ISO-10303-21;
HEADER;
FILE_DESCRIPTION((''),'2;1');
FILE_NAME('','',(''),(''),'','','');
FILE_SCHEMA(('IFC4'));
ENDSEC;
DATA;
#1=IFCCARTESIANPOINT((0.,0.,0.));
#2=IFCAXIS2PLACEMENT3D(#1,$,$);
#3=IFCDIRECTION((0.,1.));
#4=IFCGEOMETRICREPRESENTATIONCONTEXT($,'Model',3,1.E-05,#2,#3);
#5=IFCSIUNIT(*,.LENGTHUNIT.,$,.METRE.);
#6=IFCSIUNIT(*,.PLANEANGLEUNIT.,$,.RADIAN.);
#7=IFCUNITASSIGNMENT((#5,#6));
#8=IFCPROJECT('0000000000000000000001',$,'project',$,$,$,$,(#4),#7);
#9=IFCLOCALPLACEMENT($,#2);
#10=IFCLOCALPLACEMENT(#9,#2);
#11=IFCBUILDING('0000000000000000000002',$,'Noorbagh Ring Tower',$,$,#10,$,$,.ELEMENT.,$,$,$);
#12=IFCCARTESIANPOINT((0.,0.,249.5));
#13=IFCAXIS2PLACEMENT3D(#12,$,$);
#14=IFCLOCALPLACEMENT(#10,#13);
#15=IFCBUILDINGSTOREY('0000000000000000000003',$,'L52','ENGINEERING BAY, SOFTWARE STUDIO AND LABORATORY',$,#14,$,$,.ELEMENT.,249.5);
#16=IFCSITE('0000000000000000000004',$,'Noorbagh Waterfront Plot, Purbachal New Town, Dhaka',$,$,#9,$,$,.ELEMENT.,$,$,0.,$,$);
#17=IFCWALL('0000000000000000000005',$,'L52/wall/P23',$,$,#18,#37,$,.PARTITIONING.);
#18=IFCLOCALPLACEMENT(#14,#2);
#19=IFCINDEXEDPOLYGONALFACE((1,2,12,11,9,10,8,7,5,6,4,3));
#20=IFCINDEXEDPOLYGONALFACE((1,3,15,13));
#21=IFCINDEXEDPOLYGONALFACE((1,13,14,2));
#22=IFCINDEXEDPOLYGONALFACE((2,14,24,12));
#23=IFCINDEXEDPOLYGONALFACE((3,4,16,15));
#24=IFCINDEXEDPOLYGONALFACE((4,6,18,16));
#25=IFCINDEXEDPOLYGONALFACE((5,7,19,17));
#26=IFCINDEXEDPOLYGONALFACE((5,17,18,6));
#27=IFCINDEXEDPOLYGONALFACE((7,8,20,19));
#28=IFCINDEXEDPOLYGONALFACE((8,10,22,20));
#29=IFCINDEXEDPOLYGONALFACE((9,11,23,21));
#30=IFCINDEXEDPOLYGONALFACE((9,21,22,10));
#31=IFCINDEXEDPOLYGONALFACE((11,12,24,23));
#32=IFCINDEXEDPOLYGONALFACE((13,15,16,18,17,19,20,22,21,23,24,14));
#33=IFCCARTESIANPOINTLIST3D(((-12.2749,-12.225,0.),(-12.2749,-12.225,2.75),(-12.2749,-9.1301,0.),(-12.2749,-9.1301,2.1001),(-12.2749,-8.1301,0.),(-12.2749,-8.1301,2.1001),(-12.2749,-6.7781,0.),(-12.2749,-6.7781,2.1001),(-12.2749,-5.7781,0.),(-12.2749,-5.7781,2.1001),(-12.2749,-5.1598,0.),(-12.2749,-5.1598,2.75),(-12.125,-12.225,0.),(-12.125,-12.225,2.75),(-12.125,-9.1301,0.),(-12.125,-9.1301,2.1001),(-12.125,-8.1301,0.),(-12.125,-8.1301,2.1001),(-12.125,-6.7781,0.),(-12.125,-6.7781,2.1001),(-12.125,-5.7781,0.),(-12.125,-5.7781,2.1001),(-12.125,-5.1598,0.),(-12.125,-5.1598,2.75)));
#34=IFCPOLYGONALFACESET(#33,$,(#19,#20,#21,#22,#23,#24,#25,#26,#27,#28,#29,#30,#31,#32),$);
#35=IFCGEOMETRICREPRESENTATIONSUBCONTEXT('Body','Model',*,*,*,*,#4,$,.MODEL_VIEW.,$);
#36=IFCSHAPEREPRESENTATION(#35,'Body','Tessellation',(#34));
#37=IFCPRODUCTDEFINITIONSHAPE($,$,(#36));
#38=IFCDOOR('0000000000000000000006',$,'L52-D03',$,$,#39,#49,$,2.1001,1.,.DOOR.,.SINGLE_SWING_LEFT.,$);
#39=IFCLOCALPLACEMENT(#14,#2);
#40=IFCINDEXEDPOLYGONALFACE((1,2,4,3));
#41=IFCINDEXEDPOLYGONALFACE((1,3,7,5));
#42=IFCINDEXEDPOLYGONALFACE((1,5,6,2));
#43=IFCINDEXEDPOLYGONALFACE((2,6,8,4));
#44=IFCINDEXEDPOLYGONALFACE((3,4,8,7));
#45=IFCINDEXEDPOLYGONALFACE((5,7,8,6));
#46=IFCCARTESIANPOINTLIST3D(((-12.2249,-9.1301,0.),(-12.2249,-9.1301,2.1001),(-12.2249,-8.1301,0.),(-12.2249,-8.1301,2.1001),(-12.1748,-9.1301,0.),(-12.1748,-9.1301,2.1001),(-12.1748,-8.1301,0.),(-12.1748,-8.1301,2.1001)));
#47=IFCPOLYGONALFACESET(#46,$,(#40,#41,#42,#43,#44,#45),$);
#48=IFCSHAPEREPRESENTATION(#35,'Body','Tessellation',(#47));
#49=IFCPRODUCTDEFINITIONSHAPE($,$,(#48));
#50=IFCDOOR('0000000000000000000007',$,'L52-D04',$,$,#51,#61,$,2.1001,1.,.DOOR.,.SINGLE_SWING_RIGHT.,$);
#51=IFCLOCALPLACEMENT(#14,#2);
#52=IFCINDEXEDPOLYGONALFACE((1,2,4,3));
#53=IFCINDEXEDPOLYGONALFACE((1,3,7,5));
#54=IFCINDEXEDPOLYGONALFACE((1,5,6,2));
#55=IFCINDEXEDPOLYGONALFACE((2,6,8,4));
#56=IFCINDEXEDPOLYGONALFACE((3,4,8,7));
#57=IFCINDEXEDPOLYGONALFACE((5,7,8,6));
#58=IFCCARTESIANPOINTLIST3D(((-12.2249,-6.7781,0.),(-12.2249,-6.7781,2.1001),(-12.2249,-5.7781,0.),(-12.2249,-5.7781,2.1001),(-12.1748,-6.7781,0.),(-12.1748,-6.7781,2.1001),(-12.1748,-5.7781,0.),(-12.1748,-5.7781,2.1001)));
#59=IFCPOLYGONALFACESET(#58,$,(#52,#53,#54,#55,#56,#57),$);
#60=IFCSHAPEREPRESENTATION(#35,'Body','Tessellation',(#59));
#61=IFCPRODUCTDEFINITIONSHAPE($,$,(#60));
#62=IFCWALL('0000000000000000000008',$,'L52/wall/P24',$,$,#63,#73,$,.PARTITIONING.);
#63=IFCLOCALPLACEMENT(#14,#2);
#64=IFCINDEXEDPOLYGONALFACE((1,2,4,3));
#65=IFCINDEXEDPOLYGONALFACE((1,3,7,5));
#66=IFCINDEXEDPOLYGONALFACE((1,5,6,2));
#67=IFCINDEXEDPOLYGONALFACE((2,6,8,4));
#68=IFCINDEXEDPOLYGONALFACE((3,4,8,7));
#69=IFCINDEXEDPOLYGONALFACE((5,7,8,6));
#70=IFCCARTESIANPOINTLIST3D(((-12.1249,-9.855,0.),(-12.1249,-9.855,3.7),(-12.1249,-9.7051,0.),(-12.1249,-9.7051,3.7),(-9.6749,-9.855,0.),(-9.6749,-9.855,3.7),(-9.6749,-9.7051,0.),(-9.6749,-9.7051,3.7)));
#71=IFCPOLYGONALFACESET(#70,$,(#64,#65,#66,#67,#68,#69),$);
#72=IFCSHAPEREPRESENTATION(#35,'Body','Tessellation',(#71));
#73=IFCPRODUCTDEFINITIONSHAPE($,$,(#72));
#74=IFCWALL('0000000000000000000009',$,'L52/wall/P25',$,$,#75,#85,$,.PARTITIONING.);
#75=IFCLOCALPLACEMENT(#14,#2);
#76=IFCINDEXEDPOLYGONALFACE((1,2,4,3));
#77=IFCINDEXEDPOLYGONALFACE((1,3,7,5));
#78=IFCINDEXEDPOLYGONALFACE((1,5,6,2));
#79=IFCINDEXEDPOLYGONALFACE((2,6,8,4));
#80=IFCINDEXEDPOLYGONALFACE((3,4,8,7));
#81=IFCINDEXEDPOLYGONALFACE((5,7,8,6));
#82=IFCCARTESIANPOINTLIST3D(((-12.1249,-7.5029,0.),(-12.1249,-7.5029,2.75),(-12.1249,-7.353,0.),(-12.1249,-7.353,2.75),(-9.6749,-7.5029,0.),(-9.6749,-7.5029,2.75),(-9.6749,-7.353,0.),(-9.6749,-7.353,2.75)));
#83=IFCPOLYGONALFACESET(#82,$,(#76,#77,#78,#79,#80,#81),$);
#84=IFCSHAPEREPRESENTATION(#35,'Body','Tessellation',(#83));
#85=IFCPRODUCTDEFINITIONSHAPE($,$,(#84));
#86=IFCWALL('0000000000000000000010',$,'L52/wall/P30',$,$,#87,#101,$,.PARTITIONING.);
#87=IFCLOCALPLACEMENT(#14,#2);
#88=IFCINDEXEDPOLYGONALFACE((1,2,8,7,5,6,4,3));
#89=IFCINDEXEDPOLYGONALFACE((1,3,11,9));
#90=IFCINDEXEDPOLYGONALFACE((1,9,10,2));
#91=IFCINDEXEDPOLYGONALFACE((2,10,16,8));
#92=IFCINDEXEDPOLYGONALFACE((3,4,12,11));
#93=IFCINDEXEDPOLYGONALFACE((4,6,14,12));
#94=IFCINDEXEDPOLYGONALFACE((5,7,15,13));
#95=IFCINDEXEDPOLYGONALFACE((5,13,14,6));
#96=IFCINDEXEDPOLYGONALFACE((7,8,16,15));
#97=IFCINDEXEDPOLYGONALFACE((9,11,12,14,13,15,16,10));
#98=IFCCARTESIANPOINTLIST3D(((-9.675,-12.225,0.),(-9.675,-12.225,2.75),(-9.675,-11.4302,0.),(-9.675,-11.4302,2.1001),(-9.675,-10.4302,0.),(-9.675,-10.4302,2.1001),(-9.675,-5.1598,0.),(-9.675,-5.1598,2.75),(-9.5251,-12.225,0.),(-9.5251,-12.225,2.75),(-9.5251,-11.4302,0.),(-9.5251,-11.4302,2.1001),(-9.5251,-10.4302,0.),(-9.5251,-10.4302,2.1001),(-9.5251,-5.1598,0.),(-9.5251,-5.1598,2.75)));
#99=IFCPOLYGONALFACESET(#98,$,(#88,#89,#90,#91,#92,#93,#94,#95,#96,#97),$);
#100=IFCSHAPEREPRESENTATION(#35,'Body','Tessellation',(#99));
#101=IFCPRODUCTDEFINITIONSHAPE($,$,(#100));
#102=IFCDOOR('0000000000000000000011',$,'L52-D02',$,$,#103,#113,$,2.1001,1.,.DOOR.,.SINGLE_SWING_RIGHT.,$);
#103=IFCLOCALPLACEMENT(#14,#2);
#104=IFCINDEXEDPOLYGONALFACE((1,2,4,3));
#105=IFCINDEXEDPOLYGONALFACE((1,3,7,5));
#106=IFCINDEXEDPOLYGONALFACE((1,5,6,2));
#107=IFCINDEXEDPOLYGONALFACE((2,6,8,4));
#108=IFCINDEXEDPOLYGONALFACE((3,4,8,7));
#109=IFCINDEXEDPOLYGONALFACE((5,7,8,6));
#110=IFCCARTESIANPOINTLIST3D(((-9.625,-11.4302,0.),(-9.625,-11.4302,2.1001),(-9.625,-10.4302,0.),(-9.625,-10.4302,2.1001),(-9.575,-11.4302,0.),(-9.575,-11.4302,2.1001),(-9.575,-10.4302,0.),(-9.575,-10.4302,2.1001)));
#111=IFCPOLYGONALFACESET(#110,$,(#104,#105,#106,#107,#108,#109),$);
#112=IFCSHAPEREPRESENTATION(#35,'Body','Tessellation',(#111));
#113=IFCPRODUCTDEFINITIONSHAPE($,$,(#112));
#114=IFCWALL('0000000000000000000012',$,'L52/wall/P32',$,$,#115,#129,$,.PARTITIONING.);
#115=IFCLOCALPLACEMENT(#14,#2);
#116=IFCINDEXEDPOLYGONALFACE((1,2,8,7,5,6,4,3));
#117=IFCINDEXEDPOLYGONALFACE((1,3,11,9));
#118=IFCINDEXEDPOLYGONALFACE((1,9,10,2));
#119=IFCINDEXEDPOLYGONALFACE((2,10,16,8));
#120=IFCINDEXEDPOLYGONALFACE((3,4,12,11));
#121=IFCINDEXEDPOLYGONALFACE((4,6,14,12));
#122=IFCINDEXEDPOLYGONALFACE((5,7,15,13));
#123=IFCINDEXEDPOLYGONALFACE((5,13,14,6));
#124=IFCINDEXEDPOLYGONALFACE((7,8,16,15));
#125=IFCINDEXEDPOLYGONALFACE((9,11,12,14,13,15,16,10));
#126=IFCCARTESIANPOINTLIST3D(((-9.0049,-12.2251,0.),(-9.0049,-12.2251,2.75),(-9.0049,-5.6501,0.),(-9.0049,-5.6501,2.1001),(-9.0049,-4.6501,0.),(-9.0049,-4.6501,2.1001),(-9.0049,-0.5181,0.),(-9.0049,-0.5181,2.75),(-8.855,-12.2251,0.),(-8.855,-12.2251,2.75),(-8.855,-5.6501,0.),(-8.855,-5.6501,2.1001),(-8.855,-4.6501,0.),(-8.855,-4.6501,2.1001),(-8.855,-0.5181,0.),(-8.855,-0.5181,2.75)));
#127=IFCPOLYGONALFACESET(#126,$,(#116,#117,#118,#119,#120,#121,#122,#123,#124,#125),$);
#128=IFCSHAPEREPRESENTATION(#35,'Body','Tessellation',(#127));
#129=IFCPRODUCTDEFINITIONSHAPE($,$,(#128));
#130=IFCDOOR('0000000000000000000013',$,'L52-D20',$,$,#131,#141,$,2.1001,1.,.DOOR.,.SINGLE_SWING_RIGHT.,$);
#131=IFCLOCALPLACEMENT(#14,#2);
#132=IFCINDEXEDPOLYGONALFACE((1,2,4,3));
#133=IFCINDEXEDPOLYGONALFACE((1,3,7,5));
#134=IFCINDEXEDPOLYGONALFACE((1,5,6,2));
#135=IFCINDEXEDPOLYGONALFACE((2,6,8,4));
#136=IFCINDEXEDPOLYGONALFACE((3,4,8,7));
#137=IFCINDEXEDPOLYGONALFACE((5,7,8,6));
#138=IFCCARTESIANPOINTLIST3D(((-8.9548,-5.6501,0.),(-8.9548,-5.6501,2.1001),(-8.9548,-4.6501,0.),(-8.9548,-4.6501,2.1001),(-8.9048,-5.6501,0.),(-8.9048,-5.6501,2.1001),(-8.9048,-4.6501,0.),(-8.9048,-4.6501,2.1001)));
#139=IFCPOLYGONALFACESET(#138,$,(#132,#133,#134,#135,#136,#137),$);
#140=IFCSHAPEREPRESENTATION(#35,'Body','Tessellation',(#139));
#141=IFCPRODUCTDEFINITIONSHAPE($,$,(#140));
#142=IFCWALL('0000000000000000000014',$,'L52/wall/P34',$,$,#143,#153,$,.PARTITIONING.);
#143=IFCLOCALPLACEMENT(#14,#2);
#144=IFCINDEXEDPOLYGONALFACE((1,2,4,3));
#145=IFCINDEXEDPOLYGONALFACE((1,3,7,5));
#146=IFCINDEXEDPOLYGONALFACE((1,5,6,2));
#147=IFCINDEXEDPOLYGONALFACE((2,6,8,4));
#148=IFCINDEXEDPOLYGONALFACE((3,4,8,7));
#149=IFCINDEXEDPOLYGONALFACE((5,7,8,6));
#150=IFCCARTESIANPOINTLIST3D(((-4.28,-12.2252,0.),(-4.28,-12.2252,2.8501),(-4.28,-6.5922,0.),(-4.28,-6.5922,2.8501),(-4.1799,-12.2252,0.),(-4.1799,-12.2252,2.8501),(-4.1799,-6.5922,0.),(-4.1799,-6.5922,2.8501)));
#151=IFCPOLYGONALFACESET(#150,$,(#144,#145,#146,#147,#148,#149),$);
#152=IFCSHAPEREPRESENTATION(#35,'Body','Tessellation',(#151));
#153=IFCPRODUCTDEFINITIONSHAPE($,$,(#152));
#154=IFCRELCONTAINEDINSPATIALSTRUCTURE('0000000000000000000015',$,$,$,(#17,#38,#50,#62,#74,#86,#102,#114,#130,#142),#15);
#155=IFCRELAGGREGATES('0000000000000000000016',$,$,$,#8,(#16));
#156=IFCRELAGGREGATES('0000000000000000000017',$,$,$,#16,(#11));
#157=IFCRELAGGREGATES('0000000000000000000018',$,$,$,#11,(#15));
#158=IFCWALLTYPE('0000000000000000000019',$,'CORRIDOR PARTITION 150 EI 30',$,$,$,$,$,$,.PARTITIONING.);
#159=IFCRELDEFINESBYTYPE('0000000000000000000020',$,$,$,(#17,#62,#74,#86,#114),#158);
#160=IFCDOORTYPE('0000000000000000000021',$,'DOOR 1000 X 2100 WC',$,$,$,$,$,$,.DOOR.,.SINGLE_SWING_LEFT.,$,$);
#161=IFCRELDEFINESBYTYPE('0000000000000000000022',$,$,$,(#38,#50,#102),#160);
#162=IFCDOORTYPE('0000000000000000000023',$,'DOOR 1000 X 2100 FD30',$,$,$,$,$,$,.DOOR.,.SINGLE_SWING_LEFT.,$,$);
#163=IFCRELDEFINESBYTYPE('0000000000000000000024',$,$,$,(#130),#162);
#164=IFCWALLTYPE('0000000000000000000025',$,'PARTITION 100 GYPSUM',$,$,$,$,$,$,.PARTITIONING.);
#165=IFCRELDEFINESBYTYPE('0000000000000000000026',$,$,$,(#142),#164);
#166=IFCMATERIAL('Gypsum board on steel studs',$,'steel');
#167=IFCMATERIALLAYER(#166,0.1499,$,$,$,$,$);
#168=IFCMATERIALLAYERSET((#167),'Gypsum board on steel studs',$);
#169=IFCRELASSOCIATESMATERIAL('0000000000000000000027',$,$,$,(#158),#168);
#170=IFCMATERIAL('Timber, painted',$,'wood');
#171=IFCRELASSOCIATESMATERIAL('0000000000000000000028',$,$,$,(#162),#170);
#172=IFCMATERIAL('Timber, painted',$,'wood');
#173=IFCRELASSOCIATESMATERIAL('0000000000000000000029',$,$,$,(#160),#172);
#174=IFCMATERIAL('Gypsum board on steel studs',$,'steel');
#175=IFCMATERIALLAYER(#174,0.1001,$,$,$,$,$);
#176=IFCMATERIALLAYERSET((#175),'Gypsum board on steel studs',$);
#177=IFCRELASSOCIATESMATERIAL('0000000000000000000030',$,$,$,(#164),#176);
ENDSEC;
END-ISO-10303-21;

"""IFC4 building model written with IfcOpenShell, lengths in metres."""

from ifc_helpers import new_model, si_unit, direction, frame, frame_2d, origin, place, context, subcontext, project, spatial, rectangle, extrude, material, layer, layer_set, type_object, element, fill, save


model = new_model("IFC4")

# Units and contexts
model_context = context("Model", 3, precision=1e-05, world=origin(), true_north=direction((0.0, 1.0)))
body_context = subcontext(model_context, "Body", "Model", "MODEL_VIEW")
ifc_project = project(units=[si_unit("LENGTHUNIT", "METRE"), si_unit("PLANEANGLEUNIT", "RADIAN")], contexts=[model_context])

# Site, building, storey
site_placement = place(None, origin())
site = spatial("IfcSite", under=ifc_project, at=site_placement, Name="Noorbagh Waterfront Plot, Purbachal New Town, Dhaka", CompositionType="ELEMENT", RefElevation=0.0)
building_placement = place(site_placement, origin())
building = spatial("IfcBuilding", under=site, at=building_placement, Name="Noorbagh Ring Tower", CompositionType="ELEMENT")
storey_placement = place(building_placement, frame((0.0, 0.0, 249.5)))
storey = spatial("IfcBuildingStorey", under=building, at=storey_placement, Name="L52", Description="ENGINEERING BAY, SOFTWARE STUDIO AND LABORATORY", CompositionType="ELEMENT", Elevation=249.5)

# Shared definitions
ifc_material_1 = material(Name="Gypsum board on steel studs", Category="steel")
ifc_layer_1 = layer(ifc_material_1, 0.1499)
ifc_layer_set_1 = layer_set([ifc_layer_1], Name="Gypsum board on steel studs")
wall_type_1 = type_object("IfcWallType", Name="CORRIDOR PARTITION 150 EI 30", PredefinedType="PARTITIONING", material=ifc_layer_set_1)
ifc_material_2 = material(Name="Timber, painted", Category="wood")
door_type_1 = type_object("IfcDoorType", Name="DOOR 1000 X 2100 FD30", OperationType="SINGLE_SWING_LEFT", PredefinedType="DOOR", material=ifc_material_2)

# Wall, openings, doors
wall_1_placement = place(storey_placement, frame((-12.2, -12.2251, 0.0), z_axis=(0.0, 0.0, 1.0), x_axis=(0.0, 1.0, 0.0)))
wall_1 = element("IfcWall", 1, at=wall_1_placement, inside=storey, type_object=wall_type_1, Name="L52/wall/P23", PredefinedType="PARTITIONING", context=body_context, shape_type="SweptSolid", body=[
    extrude(rectangle(XDim=7.0652, YDim=0.1499, at=frame_2d((3.5327, 0.0))), origin(), (0.0, 0.0, 1.0), 2.75),
])
opening_1_placement = place(wall_1_placement, frame((3.095, 0.0, 0.0)))
opening_1 = element("IfcOpeningElement", 2, at=opening_1_placement, cuts=wall_1, PredefinedType="OPENING", context=body_context, shape_type="SweptSolid", body=[
    extrude(rectangle(XDim=1.0, YDim=2.1001, at=frame_2d((0.5, 1.05))), frame((0.0, 0.085, 0.0), z_axis=(0.0, -1.0, 0.0), x_axis=(1.0, 0.0, 0.0)), (0.0, 0.0, 1.0), 0.1699),
])
opening_2_placement = place(wall_1_placement, frame((5.447, 0.0, 0.0)))
opening_2 = element("IfcOpeningElement", 3, at=opening_2_placement, cuts=wall_1, PredefinedType="OPENING", context=body_context, shape_type="SweptSolid", body=[
    extrude(rectangle(XDim=1.0, YDim=2.1001, at=frame_2d((0.5, 1.05))), frame((0.0, 0.085, 0.0), z_axis=(0.0, -1.0, 0.0), x_axis=(1.0, 0.0, 0.0)), (0.0, 0.0, 1.0), 0.1699),
])
ifc_material_3 = material(Name="Timber, painted", Category="wood")
door_type_2 = type_object("IfcDoorType", Name="DOOR 1000 X 2100 WC", OperationType="SINGLE_SWING_LEFT", PredefinedType="DOOR", material=ifc_material_3)
door_1_placement = place(opening_1_placement, origin())
door_1 = element("IfcDoor", 4, at=door_1_placement, inside=storey, type_object=door_type_2, Name="L52-D03", OperationType="SINGLE_SWING_LEFT", OverallHeight=2.1001, OverallWidth=1.0, PredefinedType="DOOR", context=body_context, shape_type="SweptSolid", body=[
    extrude(rectangle(XDim=1.0, YDim=2.1001, at=frame_2d((0.5, 1.05))), frame((0.0, 0.0249, 0.0), z_axis=(0.0, -1.0, 0.0), x_axis=(1.0, 0.0, 0.0)), (0.0, 0.0, 1.0), 0.05),
])
fill(opening_1, door_1)
door_2_placement = place(opening_2_placement, origin())
door_2 = element("IfcDoor", 5, at=door_2_placement, inside=storey, type_object=door_type_2, Name="L52-D04", OperationType="SINGLE_SWING_RIGHT", OverallHeight=2.1001, OverallWidth=1.0, PredefinedType="DOOR", context=body_context, shape_type="SweptSolid", body=[
    extrude(rectangle(XDim=1.0, YDim=2.1001, at=frame_2d((0.5, 1.05))), frame((0.0, 0.0249, 0.0), z_axis=(0.0, -1.0, 0.0), x_axis=(1.0, 0.0, 0.0)), (0.0, 0.0, 1.0), 0.05),
])
fill(opening_2, door_2)

# Walls
wall_2_placement = place(storey_placement, frame((-12.125, -9.78, 0.0), z_axis=(0.0, 0.0, 1.0), x_axis=(1.0, 0.0, 0.0)))
element("IfcWall", 6, at=wall_2_placement, inside=storey, type_object=wall_type_1, Name="L52/wall/P24", PredefinedType="PARTITIONING", context=body_context, shape_type="SweptSolid", body=[
    extrude(rectangle(XDim=2.45, YDim=0.1499, at=frame_2d((1.2251, 0.0))), origin(), (0.0, 0.0, 1.0), 3.7),
])
wall_3_placement = place(storey_placement, frame((-12.125, -7.428, 0.0), z_axis=(0.0, 0.0, 1.0), x_axis=(1.0, 0.0, 0.0)))
element("IfcWall", 7, at=wall_3_placement, inside=storey, type_object=wall_type_1, Name="L52/wall/P25", PredefinedType="PARTITIONING", context=body_context, shape_type="SweptSolid", body=[
    extrude(rectangle(XDim=2.45, YDim=0.1499, at=frame_2d((1.2251, 0.0))), origin(), (0.0, 0.0, 1.0), 2.75),
])

# Walls, openings, doors
wall_4_placement = place(storey_placement, frame((-9.6001, -12.2251, 0.0), z_axis=(0.0, 0.0, 1.0), x_axis=(0.0, 1.0, 0.0)))
wall_4 = element("IfcWall", 8, at=wall_4_placement, inside=storey, type_object=wall_type_1, Name="L52/wall/P30", PredefinedType="PARTITIONING", context=body_context, shape_type="SweptSolid", body=[
    extrude(rectangle(XDim=7.0652, YDim=0.1499, at=frame_2d((3.5327, 0.0))), origin(), (0.0, 0.0, 1.0), 2.75),
])
opening_3_placement = place(wall_4_placement, frame((0.7949, 0.0, 0.0)))
opening_3 = element("IfcOpeningElement", 9, at=opening_3_placement, cuts=wall_4, PredefinedType="OPENING", context=body_context, shape_type="SweptSolid", body=[
    extrude(rectangle(XDim=1.0, YDim=2.1001, at=frame_2d((0.5, 1.05))), frame((0.0, 0.085, 0.0), z_axis=(0.0, -1.0, 0.0), x_axis=(1.0, 0.0, 0.0)), (0.0, 0.0, 1.0), 0.1699),
])
door_3_placement = place(opening_3_placement, origin())
door_3 = element("IfcDoor", 10, at=door_3_placement, inside=storey, type_object=door_type_2, Name="L52-D02", OperationType="SINGLE_SWING_RIGHT", OverallHeight=2.1001, OverallWidth=1.0, PredefinedType="DOOR", context=body_context, shape_type="SweptSolid", body=[
    extrude(rectangle(XDim=1.0, YDim=2.1001, at=frame_2d((0.5, 1.05))), frame((0.0, 0.0249, 0.0), z_axis=(0.0, -1.0, 0.0), x_axis=(1.0, 0.0, 0.0)), (0.0, 0.0, 1.0), 0.05),
])
fill(opening_3, door_3)
wall_5_placement = place(storey_placement, frame((-8.9299, -12.2251, 0.0), z_axis=(0.0, 0.0, 1.0), x_axis=(0.0, 1.0, 0.0)))
wall_5 = element("IfcWall", 11, at=wall_5_placement, inside=storey, type_object=wall_type_1, Name="L52/wall/P32", PredefinedType="PARTITIONING", context=body_context, shape_type="SweptSolid", body=[
    extrude(rectangle(XDim=11.707, YDim=0.1499, at=frame_2d((5.8535, 0.0))), origin(), (0.0, 0.0, 1.0), 2.75),
])
opening_4_placement = place(wall_5_placement, frame((6.575, 0.0, 0.0)))
opening_4 = element("IfcOpeningElement", 12, at=opening_4_placement, cuts=wall_5, PredefinedType="OPENING", context=body_context, shape_type="SweptSolid", body=[
    extrude(rectangle(XDim=1.0, YDim=2.1001, at=frame_2d((0.5, 1.05))), frame((0.0, 0.085, 0.0), z_axis=(0.0, -1.0, 0.0), x_axis=(1.0, 0.0, 0.0)), (0.0, 0.0, 1.0), 0.1699),
])
door_4_placement = place(opening_4_placement, origin())
door_4 = element("IfcDoor", 13, at=door_4_placement, inside=storey, type_object=door_type_1, Name="L52-D20", OperationType="SINGLE_SWING_RIGHT", OverallHeight=2.1001, OverallWidth=1.0, PredefinedType="DOOR", context=body_context, shape_type="SweptSolid", body=[
    extrude(rectangle(XDim=1.0, YDim=2.1001, at=frame_2d((0.5, 1.05))), frame((0.0, 0.0249, 0.0), z_axis=(0.0, -1.0, 0.0), x_axis=(1.0, 0.0, 0.0)), (0.0, 0.0, 1.0), 0.05),
])
fill(opening_4, door_4)

# Wall
ifc_material_4 = material(Name="Gypsum board on steel studs", Category="steel")
ifc_layer_2 = layer(ifc_material_4, 0.1001)
ifc_layer_set_2 = layer_set([ifc_layer_2], Name="Gypsum board on steel studs")
wall_type_2 = type_object("IfcWallType", Name="PARTITION 100 GYPSUM", PredefinedType="PARTITIONING", material=ifc_layer_set_2)
wall_6_placement = place(storey_placement, frame((-4.23, -12.2251, 0.0), z_axis=(0.0, 0.0, 1.0), x_axis=(0.0, 1.0, 0.0)))
element("IfcWall", 14, at=wall_6_placement, inside=storey, type_object=wall_type_2, Name="L52/wall/P34", PredefinedType="PARTITIONING", context=body_context, shape_type="SweptSolid", body=[
    extrude(rectangle(XDim=5.6331, YDim=0.1001, at=frame_2d((2.8164, 0.0))), origin(), (0.0, 0.0, 1.0), 2.8501),
])

save(model, "model.ifc")
